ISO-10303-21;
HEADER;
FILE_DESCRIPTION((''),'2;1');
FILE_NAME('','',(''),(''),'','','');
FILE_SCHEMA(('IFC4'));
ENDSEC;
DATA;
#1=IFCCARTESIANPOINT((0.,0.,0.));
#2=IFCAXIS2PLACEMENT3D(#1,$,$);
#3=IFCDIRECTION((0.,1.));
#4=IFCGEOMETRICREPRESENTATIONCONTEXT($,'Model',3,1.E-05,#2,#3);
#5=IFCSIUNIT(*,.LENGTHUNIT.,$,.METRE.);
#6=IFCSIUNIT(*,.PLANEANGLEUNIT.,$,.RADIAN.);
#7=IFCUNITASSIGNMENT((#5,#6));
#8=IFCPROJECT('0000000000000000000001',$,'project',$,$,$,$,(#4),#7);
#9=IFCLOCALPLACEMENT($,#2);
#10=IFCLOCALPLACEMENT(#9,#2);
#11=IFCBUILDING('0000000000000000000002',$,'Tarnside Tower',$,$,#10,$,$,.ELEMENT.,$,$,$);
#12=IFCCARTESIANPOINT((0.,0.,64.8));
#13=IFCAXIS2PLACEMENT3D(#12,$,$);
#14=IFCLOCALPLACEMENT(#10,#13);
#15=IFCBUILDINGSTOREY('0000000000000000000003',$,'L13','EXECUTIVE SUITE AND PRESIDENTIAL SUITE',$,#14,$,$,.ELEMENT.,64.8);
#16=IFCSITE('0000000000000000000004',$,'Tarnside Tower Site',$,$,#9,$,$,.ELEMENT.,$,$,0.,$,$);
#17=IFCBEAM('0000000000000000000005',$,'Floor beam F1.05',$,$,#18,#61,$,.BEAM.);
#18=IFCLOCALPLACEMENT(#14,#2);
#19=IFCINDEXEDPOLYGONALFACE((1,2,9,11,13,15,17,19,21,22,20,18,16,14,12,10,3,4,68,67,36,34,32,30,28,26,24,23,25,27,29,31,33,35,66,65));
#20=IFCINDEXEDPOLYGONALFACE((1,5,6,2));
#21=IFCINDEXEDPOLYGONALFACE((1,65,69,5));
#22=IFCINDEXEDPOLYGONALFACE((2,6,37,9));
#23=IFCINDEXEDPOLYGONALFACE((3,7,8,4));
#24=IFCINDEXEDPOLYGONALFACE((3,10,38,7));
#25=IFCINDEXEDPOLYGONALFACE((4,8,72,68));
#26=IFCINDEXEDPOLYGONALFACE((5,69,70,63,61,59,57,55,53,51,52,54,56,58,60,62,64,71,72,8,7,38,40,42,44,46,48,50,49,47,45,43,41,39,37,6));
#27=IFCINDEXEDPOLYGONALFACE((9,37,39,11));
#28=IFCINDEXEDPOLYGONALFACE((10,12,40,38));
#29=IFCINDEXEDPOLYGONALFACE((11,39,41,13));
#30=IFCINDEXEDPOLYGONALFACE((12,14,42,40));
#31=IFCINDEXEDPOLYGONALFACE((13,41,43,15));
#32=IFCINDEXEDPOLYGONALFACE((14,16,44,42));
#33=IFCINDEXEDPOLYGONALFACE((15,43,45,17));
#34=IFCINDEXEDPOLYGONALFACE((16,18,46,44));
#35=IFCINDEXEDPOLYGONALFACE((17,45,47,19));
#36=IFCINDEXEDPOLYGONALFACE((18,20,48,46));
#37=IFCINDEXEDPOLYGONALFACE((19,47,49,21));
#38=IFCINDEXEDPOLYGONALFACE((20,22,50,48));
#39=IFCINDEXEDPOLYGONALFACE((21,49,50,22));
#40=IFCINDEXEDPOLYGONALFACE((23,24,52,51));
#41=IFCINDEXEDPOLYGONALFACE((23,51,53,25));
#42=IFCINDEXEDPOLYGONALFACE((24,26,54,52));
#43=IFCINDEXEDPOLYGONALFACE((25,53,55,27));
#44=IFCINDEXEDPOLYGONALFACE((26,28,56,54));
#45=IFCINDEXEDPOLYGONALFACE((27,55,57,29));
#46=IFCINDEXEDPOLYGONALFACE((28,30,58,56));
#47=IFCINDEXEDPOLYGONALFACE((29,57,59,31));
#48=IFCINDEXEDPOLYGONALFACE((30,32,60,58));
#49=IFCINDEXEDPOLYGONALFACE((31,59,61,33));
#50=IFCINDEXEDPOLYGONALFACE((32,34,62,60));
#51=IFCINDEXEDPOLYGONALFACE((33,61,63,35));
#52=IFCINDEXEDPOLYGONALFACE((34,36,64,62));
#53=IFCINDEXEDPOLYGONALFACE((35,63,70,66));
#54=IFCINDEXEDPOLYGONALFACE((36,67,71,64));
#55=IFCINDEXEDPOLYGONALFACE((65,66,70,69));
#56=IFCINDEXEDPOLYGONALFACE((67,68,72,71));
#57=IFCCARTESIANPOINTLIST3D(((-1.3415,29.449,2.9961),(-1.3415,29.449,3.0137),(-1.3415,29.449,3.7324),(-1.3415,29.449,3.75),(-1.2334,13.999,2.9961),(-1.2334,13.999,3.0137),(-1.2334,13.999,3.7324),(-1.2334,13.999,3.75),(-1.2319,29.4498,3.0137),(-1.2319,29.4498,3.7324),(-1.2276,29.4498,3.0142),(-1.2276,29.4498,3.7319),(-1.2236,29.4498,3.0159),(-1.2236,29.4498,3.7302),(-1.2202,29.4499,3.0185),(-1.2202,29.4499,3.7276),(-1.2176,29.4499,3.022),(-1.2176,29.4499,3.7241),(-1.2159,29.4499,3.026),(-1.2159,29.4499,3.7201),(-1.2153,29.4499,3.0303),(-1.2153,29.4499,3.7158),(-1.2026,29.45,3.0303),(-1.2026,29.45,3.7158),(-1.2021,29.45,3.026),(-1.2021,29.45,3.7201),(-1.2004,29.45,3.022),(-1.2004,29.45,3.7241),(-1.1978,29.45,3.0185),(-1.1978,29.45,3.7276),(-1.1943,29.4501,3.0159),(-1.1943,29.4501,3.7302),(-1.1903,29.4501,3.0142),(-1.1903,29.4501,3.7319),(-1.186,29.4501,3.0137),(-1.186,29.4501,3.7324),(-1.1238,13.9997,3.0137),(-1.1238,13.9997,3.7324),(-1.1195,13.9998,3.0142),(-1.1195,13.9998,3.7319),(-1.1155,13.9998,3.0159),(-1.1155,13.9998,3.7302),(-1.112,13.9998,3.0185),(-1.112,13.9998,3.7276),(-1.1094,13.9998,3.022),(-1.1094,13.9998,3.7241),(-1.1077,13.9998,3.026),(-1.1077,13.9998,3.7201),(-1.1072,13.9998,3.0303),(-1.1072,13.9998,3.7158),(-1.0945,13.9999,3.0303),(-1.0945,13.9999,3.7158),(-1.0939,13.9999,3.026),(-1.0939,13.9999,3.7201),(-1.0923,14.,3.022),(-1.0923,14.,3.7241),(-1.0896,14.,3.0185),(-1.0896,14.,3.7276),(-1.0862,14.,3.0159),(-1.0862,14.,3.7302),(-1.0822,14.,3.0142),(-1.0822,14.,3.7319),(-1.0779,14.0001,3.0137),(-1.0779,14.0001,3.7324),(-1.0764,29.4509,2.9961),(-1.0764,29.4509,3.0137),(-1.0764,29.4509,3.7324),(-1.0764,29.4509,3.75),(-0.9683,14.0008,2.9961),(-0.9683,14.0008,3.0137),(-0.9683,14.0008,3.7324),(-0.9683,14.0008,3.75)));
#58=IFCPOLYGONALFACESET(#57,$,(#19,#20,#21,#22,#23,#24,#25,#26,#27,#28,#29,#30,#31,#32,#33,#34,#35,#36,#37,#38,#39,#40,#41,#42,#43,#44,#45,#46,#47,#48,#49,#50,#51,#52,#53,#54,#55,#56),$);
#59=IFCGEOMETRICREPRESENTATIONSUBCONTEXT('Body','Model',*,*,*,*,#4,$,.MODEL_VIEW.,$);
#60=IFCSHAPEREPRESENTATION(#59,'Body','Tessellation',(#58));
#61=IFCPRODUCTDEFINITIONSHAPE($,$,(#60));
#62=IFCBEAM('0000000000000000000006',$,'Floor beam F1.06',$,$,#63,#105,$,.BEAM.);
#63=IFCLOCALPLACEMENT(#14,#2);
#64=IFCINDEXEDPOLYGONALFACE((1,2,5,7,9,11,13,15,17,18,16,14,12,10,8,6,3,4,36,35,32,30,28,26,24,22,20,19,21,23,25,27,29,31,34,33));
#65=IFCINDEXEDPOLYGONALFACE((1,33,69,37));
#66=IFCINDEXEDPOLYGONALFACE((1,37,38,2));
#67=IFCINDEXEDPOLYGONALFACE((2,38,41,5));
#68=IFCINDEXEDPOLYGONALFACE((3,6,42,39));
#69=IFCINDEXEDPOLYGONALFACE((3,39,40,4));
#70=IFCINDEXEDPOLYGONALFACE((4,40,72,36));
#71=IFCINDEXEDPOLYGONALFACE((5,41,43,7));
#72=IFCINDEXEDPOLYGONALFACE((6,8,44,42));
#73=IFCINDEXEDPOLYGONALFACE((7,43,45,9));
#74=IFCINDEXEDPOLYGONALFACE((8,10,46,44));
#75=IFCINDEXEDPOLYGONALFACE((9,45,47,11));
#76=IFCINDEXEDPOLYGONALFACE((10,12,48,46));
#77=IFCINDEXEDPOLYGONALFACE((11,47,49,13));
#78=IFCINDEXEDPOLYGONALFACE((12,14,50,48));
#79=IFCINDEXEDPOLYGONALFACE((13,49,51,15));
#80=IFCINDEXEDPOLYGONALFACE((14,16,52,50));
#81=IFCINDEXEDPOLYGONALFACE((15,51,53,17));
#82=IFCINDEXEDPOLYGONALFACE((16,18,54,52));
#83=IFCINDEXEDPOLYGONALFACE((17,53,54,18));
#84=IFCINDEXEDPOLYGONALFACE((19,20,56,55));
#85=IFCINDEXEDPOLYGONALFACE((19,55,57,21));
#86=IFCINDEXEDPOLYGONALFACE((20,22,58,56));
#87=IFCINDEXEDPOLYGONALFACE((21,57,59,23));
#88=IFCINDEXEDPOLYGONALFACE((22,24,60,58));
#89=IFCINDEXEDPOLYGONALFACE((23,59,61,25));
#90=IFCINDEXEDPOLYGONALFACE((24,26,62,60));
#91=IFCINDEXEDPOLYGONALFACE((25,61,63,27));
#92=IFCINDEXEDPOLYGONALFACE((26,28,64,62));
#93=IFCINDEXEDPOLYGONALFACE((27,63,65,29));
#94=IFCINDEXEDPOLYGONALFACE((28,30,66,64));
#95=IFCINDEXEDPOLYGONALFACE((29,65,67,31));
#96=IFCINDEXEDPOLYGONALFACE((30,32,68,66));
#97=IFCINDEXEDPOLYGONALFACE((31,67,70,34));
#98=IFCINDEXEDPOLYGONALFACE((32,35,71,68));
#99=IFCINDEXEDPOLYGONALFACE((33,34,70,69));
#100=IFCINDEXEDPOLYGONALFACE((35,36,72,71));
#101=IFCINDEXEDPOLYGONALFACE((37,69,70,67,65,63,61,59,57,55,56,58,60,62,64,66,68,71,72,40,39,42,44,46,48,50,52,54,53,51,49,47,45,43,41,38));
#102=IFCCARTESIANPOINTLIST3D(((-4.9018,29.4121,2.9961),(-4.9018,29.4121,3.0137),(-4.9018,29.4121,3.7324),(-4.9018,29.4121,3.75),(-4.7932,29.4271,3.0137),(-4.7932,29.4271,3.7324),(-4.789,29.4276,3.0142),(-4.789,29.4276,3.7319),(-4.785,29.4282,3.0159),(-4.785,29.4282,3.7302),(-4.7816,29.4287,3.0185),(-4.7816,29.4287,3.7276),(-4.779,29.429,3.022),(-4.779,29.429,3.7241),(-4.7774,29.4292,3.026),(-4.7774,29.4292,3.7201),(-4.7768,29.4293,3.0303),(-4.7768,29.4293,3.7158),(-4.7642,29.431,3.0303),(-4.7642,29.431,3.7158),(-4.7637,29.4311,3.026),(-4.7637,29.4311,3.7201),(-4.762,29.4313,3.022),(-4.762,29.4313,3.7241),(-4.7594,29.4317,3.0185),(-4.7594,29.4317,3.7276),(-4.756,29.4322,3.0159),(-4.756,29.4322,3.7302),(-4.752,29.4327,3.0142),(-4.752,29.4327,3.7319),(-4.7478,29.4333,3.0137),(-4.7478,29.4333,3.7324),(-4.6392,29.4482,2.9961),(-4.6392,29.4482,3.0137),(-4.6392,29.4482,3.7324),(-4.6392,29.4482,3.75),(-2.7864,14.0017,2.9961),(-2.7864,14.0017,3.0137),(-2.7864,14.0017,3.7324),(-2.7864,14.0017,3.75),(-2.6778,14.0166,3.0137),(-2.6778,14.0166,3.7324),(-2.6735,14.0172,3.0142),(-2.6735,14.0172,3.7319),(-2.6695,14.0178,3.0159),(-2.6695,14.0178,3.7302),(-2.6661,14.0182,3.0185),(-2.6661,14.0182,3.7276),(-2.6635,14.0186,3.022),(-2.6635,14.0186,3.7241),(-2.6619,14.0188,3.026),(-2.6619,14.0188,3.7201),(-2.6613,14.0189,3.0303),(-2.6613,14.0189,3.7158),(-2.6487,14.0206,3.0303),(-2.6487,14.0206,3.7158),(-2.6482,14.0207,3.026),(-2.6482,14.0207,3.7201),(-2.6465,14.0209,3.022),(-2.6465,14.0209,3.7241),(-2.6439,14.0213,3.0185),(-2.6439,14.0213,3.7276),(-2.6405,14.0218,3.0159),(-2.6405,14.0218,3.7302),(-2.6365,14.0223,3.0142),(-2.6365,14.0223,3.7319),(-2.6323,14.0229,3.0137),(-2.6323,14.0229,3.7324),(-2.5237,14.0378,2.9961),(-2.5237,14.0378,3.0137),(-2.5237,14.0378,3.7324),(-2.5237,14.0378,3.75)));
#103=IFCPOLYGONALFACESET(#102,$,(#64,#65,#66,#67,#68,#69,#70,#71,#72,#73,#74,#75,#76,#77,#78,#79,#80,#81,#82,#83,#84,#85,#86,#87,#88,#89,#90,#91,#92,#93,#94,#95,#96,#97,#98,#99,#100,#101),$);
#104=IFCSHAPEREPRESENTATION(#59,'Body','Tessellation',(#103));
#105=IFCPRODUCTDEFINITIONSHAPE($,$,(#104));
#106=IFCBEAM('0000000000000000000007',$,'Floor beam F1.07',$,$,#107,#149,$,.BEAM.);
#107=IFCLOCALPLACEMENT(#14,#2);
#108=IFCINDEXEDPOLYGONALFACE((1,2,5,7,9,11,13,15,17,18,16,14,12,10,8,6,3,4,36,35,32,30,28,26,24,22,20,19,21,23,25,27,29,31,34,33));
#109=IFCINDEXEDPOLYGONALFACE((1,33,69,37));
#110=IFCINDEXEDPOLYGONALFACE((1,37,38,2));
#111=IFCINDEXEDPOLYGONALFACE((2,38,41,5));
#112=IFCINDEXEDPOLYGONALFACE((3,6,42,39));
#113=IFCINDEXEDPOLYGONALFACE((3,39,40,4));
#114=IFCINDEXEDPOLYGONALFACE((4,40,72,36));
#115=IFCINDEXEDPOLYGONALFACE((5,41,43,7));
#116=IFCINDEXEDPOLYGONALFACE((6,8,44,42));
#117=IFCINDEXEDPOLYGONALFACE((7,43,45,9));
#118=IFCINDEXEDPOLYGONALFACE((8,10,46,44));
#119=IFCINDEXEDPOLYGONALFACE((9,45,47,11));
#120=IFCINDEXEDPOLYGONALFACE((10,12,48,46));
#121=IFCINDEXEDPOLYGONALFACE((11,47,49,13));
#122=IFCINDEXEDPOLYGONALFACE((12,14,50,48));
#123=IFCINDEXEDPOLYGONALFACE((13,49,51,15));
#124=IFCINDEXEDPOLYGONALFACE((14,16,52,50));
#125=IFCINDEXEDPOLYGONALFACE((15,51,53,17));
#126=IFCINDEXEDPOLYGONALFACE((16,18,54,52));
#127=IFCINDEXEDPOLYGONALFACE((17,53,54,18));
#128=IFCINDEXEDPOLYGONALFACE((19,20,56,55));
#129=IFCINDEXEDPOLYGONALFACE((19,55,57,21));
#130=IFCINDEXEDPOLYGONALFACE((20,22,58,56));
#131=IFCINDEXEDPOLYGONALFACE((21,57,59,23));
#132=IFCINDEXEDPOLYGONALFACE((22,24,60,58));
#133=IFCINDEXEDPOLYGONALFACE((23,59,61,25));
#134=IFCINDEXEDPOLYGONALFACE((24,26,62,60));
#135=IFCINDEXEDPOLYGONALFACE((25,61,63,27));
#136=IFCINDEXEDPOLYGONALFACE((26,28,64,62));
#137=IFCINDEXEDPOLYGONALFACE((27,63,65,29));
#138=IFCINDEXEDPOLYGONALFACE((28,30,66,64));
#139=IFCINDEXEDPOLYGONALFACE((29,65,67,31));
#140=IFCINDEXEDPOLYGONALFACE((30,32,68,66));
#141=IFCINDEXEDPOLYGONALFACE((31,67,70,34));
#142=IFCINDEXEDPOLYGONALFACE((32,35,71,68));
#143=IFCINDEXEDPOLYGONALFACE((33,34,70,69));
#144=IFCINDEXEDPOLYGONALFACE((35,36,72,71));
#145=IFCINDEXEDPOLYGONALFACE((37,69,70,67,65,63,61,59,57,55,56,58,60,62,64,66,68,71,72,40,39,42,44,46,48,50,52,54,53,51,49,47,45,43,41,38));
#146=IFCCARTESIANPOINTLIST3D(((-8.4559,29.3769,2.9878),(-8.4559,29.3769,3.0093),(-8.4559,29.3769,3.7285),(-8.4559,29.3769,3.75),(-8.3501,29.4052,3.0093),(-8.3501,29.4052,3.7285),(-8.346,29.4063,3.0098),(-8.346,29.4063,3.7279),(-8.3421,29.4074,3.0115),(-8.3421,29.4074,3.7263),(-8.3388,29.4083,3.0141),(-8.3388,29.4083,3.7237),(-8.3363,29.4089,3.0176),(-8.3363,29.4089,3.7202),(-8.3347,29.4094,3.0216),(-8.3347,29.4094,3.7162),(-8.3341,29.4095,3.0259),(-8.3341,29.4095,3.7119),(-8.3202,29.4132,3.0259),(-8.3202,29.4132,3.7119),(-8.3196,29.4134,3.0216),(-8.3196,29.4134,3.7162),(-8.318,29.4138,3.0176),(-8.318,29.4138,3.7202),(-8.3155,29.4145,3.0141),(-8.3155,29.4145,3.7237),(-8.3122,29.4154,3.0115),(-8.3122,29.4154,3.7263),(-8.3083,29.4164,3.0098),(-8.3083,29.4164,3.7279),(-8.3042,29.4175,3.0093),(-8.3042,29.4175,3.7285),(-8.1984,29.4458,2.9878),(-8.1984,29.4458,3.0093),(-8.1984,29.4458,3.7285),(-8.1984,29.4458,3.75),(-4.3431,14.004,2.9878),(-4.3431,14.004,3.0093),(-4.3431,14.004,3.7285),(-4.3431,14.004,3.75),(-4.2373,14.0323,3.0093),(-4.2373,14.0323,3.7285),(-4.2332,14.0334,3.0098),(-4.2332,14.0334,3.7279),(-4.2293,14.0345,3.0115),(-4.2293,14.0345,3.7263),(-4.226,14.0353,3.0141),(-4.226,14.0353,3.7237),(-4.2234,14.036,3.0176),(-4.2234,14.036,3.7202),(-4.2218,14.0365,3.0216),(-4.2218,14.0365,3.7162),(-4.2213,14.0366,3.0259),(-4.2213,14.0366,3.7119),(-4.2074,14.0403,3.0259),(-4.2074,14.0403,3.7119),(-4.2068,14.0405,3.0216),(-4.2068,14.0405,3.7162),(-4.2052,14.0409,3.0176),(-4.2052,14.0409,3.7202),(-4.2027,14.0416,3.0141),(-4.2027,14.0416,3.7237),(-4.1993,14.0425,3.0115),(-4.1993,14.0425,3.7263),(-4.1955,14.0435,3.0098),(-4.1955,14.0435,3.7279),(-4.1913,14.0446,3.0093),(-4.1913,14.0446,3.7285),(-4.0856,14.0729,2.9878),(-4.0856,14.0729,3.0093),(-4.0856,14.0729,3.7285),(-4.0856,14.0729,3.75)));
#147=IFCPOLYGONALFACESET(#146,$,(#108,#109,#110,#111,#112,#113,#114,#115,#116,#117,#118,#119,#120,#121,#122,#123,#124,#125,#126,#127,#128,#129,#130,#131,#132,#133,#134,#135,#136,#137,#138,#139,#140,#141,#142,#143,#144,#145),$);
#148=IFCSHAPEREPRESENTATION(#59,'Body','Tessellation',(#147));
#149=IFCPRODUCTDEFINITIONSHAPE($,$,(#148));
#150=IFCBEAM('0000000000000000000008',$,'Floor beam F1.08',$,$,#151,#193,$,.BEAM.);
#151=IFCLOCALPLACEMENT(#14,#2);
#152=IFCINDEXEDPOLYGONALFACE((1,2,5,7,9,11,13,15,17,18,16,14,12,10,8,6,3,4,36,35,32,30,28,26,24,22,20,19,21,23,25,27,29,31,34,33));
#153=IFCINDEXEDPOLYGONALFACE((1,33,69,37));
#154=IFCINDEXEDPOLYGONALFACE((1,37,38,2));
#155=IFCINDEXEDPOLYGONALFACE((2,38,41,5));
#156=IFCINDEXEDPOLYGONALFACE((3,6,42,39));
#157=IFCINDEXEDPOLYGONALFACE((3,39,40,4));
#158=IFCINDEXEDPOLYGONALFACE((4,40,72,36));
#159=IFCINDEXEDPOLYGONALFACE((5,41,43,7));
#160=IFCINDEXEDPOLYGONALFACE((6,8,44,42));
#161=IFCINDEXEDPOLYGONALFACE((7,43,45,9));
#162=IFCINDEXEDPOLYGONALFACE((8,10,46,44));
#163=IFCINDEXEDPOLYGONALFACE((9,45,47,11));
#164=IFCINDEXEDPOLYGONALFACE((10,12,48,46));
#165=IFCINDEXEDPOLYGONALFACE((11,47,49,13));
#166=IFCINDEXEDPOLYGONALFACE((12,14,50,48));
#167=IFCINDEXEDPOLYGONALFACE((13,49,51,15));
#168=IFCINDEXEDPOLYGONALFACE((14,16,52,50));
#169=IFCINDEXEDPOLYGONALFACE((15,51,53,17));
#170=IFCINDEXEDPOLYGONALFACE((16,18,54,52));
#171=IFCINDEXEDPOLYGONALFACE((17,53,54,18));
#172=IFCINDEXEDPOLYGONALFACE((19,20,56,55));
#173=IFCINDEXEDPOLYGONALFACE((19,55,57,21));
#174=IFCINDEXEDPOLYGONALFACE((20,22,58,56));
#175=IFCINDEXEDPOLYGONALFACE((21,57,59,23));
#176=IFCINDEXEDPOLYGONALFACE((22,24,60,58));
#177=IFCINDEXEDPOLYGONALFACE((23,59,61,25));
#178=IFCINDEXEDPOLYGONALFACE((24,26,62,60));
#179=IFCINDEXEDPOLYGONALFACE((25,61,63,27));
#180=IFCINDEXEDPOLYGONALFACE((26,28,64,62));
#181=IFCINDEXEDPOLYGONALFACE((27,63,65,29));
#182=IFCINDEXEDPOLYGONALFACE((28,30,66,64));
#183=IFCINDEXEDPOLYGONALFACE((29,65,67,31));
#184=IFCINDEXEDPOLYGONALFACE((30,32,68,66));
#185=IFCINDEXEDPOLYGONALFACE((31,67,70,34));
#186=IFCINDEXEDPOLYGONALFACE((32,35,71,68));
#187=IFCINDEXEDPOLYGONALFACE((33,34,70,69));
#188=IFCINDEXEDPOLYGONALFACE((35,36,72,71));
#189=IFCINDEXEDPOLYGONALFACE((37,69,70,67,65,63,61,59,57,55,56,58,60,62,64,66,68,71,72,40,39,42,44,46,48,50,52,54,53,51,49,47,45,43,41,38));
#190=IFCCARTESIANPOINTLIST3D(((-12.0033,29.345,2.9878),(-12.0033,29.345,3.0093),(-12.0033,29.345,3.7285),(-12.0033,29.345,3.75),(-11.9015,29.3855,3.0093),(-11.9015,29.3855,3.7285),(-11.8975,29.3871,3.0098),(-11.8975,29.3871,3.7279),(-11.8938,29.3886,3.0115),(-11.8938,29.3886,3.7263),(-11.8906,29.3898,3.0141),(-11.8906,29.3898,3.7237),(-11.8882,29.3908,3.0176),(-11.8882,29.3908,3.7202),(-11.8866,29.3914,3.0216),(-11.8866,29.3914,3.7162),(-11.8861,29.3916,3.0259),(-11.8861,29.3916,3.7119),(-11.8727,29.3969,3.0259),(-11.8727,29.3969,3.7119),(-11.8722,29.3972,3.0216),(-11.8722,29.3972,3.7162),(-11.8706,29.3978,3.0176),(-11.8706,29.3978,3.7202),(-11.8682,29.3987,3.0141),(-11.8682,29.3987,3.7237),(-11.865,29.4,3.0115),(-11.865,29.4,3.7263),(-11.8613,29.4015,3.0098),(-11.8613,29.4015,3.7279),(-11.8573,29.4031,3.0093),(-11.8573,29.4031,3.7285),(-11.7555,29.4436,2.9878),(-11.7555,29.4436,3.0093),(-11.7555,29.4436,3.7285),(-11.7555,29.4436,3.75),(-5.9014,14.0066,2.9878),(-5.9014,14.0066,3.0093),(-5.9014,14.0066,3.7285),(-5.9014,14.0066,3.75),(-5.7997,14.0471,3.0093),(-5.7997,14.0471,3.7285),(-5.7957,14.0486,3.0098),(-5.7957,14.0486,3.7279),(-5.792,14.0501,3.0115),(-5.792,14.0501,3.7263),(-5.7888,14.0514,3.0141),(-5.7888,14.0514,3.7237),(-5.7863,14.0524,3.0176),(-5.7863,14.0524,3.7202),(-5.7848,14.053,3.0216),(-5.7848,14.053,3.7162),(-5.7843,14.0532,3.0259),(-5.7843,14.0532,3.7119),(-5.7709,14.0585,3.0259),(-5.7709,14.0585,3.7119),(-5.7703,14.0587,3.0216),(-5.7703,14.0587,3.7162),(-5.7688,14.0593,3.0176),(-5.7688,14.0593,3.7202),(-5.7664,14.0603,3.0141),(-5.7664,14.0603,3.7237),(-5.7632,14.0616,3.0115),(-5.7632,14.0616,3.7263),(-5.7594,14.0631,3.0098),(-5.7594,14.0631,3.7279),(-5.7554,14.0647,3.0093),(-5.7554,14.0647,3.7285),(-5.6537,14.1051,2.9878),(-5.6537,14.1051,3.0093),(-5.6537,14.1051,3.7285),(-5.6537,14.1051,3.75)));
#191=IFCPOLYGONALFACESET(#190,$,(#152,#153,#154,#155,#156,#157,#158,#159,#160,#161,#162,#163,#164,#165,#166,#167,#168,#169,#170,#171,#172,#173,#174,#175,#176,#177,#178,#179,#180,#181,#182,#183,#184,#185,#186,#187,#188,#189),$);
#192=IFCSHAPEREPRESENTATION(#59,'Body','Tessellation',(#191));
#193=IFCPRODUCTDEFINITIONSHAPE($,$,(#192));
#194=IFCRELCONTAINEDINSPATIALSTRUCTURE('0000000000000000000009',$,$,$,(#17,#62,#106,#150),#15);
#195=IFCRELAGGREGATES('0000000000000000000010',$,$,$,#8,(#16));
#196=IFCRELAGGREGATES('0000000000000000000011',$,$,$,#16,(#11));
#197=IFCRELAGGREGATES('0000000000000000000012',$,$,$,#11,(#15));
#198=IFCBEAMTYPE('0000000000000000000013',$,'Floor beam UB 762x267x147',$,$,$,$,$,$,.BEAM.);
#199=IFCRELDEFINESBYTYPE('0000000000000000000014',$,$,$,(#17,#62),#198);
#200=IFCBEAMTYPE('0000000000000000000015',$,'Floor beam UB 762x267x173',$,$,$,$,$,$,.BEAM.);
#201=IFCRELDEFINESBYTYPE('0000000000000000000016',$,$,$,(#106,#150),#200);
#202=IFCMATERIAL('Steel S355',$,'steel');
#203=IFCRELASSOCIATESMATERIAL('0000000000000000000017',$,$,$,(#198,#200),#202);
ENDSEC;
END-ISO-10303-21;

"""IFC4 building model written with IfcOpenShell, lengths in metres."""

from ifc_helpers import new_model, si_unit, direction, frame, origin, origin_2d, place, context, subcontext, project, spatial, i_section, extrude, material, material_profile, profile_set, type_object, element, save


model = new_model("IFC4")

# Units and contexts
model_context = context("Model", 3, precision=1e-05, world=origin(), true_north=direction((0.0, 1.0)))
body_context = subcontext(model_context, "Body", "Model", "MODEL_VIEW")
ifc_project = project(units=[si_unit("LENGTHUNIT", "METRE"), si_unit("PLANEANGLEUNIT", "RADIAN")], contexts=[model_context])

# Site, building, storey
site_placement = place(None, origin())
site = spatial("IfcSite", under=ifc_project, at=site_placement, Name="Tarnside Tower Site", CompositionType="ELEMENT", RefElevation=0.0)
building_placement = place(site_placement, origin())
building = spatial("IfcBuilding", under=site, at=building_placement, Name="Tarnside Tower", CompositionType="ELEMENT")
storey_placement = place(building_placement, frame((0.0, 0.0, 64.8)))
storey = spatial("IfcBuildingStorey", under=building, at=storey_placement, Name="L13", Description="EXECUTIVE SUITE AND PRESIDENTIAL SUITE", CompositionType="ELEMENT", Elevation=64.8)

# Beams
ifc_material_1 = material(Name="Steel S355", Category="steel")
ifc_material_profile_1 = material_profile(ifc_material_1, i_section(OverallWidth=0.2651, OverallDepth=0.7539, WebThickness=0.0127, FlangeThickness=0.0176, FilletRadius=0.0166, at=origin_2d()), Name="UB 762x267x147")
ifc_profile_set_1 = profile_set([ifc_material_profile_1], Name="Steel S355")
beam_type_1 = type_object("IfcBeamType", Name="Floor beam UB 762x267x147", PredefinedType="BEAM", material=ifc_profile_set_1)
beam_1_placement = place(storey_placement, frame((-1.209, 29.45, 3.373), z_axis=(0.007, -0.999975, 0.0), x_axis=(0.999975, 0.007, 0.0)))
element("IfcBeam", 1, at=beam_1_placement, inside=storey, type_object=beam_type_1, Name="Floor beam F1.05", PredefinedType="BEAM", context=body_context, shape_type="SweptSolid", body=[
    extrude(i_section(OverallWidth=0.2651, OverallDepth=0.7539, WebThickness=0.0127, FlangeThickness=0.0176, FilletRadius=0.0166, at=origin_2d()), origin(), (0.0, 0.0, 1.0), 15.4504),
])
beam_2_placement = place(storey_placement, frame((-4.7705, 29.4302, 3.373), z_axis=(0.136001, -0.990709, 0.0), x_axis=(0.990709, 0.136001, 0.0)))
element("IfcBeam", 2, at=beam_2_placement, inside=storey, type_object=beam_type_1, Name="Floor beam F1.06", PredefinedType="BEAM", context=body_context, shape_type="SweptSolid", body=[
    extrude(i_section(OverallWidth=0.2651, OverallDepth=0.7539, WebThickness=0.0127, FlangeThickness=0.0176, FilletRadius=0.0166, at=origin_2d()), origin(), (0.0, 0.0, 1.0), 15.5549),
])
ifc_material_profile_2 = material_profile(ifc_material_1, i_section(OverallWidth=0.2666, OverallDepth=0.7622, WebThickness=0.0144, FlangeThickness=0.0215, FilletRadius=0.0166, at=origin_2d()), Name="UB 762x267x173")
ifc_profile_set_2 = profile_set([ifc_material_profile_2], Name="Steel S355")
beam_type_2 = type_object("IfcBeamType", Name="Floor beam UB 762x267x173", PredefinedType="BEAM", material=ifc_profile_set_2)
beam_3_placement = place(storey_placement, frame((-8.3271, 29.4114, 3.3689), z_axis=(0.258447, -0.966025, 0.0), x_axis=(0.966025, 0.258447, 0.0)))
element("IfcBeam", 3, at=beam_3_placement, inside=storey, type_object=beam_type_2, Name="Floor beam F1.07", PredefinedType="BEAM", context=body_context, shape_type="SweptSolid", body=[
    extrude(i_section(OverallWidth=0.2666, OverallDepth=0.7622, WebThickness=0.0144, FlangeThickness=0.0215, FilletRadius=0.0166, at=origin_2d()), origin(), (0.0, 0.0, 1.0), 15.9136),
])
beam_4_placement = place(storey_placement, frame((-11.8794, 29.3943, 3.3689), z_axis=(0.369638, -0.929176, 0.0), x_axis=(0.929176, 0.369638, 0.0)))
element("IfcBeam", 4, at=beam_4_placement, inside=storey, type_object=beam_type_2, Name="Floor beam F1.08", PredefinedType="BEAM", context=body_context, shape_type="SweptSolid", body=[
    extrude(i_section(OverallWidth=0.2666, OverallDepth=0.7622, WebThickness=0.0144, FlangeThickness=0.0215, FilletRadius=0.0166, at=origin_2d()), origin(), (0.0, 0.0, 1.0), 16.5076),
])

save(model, "model.ifc")
